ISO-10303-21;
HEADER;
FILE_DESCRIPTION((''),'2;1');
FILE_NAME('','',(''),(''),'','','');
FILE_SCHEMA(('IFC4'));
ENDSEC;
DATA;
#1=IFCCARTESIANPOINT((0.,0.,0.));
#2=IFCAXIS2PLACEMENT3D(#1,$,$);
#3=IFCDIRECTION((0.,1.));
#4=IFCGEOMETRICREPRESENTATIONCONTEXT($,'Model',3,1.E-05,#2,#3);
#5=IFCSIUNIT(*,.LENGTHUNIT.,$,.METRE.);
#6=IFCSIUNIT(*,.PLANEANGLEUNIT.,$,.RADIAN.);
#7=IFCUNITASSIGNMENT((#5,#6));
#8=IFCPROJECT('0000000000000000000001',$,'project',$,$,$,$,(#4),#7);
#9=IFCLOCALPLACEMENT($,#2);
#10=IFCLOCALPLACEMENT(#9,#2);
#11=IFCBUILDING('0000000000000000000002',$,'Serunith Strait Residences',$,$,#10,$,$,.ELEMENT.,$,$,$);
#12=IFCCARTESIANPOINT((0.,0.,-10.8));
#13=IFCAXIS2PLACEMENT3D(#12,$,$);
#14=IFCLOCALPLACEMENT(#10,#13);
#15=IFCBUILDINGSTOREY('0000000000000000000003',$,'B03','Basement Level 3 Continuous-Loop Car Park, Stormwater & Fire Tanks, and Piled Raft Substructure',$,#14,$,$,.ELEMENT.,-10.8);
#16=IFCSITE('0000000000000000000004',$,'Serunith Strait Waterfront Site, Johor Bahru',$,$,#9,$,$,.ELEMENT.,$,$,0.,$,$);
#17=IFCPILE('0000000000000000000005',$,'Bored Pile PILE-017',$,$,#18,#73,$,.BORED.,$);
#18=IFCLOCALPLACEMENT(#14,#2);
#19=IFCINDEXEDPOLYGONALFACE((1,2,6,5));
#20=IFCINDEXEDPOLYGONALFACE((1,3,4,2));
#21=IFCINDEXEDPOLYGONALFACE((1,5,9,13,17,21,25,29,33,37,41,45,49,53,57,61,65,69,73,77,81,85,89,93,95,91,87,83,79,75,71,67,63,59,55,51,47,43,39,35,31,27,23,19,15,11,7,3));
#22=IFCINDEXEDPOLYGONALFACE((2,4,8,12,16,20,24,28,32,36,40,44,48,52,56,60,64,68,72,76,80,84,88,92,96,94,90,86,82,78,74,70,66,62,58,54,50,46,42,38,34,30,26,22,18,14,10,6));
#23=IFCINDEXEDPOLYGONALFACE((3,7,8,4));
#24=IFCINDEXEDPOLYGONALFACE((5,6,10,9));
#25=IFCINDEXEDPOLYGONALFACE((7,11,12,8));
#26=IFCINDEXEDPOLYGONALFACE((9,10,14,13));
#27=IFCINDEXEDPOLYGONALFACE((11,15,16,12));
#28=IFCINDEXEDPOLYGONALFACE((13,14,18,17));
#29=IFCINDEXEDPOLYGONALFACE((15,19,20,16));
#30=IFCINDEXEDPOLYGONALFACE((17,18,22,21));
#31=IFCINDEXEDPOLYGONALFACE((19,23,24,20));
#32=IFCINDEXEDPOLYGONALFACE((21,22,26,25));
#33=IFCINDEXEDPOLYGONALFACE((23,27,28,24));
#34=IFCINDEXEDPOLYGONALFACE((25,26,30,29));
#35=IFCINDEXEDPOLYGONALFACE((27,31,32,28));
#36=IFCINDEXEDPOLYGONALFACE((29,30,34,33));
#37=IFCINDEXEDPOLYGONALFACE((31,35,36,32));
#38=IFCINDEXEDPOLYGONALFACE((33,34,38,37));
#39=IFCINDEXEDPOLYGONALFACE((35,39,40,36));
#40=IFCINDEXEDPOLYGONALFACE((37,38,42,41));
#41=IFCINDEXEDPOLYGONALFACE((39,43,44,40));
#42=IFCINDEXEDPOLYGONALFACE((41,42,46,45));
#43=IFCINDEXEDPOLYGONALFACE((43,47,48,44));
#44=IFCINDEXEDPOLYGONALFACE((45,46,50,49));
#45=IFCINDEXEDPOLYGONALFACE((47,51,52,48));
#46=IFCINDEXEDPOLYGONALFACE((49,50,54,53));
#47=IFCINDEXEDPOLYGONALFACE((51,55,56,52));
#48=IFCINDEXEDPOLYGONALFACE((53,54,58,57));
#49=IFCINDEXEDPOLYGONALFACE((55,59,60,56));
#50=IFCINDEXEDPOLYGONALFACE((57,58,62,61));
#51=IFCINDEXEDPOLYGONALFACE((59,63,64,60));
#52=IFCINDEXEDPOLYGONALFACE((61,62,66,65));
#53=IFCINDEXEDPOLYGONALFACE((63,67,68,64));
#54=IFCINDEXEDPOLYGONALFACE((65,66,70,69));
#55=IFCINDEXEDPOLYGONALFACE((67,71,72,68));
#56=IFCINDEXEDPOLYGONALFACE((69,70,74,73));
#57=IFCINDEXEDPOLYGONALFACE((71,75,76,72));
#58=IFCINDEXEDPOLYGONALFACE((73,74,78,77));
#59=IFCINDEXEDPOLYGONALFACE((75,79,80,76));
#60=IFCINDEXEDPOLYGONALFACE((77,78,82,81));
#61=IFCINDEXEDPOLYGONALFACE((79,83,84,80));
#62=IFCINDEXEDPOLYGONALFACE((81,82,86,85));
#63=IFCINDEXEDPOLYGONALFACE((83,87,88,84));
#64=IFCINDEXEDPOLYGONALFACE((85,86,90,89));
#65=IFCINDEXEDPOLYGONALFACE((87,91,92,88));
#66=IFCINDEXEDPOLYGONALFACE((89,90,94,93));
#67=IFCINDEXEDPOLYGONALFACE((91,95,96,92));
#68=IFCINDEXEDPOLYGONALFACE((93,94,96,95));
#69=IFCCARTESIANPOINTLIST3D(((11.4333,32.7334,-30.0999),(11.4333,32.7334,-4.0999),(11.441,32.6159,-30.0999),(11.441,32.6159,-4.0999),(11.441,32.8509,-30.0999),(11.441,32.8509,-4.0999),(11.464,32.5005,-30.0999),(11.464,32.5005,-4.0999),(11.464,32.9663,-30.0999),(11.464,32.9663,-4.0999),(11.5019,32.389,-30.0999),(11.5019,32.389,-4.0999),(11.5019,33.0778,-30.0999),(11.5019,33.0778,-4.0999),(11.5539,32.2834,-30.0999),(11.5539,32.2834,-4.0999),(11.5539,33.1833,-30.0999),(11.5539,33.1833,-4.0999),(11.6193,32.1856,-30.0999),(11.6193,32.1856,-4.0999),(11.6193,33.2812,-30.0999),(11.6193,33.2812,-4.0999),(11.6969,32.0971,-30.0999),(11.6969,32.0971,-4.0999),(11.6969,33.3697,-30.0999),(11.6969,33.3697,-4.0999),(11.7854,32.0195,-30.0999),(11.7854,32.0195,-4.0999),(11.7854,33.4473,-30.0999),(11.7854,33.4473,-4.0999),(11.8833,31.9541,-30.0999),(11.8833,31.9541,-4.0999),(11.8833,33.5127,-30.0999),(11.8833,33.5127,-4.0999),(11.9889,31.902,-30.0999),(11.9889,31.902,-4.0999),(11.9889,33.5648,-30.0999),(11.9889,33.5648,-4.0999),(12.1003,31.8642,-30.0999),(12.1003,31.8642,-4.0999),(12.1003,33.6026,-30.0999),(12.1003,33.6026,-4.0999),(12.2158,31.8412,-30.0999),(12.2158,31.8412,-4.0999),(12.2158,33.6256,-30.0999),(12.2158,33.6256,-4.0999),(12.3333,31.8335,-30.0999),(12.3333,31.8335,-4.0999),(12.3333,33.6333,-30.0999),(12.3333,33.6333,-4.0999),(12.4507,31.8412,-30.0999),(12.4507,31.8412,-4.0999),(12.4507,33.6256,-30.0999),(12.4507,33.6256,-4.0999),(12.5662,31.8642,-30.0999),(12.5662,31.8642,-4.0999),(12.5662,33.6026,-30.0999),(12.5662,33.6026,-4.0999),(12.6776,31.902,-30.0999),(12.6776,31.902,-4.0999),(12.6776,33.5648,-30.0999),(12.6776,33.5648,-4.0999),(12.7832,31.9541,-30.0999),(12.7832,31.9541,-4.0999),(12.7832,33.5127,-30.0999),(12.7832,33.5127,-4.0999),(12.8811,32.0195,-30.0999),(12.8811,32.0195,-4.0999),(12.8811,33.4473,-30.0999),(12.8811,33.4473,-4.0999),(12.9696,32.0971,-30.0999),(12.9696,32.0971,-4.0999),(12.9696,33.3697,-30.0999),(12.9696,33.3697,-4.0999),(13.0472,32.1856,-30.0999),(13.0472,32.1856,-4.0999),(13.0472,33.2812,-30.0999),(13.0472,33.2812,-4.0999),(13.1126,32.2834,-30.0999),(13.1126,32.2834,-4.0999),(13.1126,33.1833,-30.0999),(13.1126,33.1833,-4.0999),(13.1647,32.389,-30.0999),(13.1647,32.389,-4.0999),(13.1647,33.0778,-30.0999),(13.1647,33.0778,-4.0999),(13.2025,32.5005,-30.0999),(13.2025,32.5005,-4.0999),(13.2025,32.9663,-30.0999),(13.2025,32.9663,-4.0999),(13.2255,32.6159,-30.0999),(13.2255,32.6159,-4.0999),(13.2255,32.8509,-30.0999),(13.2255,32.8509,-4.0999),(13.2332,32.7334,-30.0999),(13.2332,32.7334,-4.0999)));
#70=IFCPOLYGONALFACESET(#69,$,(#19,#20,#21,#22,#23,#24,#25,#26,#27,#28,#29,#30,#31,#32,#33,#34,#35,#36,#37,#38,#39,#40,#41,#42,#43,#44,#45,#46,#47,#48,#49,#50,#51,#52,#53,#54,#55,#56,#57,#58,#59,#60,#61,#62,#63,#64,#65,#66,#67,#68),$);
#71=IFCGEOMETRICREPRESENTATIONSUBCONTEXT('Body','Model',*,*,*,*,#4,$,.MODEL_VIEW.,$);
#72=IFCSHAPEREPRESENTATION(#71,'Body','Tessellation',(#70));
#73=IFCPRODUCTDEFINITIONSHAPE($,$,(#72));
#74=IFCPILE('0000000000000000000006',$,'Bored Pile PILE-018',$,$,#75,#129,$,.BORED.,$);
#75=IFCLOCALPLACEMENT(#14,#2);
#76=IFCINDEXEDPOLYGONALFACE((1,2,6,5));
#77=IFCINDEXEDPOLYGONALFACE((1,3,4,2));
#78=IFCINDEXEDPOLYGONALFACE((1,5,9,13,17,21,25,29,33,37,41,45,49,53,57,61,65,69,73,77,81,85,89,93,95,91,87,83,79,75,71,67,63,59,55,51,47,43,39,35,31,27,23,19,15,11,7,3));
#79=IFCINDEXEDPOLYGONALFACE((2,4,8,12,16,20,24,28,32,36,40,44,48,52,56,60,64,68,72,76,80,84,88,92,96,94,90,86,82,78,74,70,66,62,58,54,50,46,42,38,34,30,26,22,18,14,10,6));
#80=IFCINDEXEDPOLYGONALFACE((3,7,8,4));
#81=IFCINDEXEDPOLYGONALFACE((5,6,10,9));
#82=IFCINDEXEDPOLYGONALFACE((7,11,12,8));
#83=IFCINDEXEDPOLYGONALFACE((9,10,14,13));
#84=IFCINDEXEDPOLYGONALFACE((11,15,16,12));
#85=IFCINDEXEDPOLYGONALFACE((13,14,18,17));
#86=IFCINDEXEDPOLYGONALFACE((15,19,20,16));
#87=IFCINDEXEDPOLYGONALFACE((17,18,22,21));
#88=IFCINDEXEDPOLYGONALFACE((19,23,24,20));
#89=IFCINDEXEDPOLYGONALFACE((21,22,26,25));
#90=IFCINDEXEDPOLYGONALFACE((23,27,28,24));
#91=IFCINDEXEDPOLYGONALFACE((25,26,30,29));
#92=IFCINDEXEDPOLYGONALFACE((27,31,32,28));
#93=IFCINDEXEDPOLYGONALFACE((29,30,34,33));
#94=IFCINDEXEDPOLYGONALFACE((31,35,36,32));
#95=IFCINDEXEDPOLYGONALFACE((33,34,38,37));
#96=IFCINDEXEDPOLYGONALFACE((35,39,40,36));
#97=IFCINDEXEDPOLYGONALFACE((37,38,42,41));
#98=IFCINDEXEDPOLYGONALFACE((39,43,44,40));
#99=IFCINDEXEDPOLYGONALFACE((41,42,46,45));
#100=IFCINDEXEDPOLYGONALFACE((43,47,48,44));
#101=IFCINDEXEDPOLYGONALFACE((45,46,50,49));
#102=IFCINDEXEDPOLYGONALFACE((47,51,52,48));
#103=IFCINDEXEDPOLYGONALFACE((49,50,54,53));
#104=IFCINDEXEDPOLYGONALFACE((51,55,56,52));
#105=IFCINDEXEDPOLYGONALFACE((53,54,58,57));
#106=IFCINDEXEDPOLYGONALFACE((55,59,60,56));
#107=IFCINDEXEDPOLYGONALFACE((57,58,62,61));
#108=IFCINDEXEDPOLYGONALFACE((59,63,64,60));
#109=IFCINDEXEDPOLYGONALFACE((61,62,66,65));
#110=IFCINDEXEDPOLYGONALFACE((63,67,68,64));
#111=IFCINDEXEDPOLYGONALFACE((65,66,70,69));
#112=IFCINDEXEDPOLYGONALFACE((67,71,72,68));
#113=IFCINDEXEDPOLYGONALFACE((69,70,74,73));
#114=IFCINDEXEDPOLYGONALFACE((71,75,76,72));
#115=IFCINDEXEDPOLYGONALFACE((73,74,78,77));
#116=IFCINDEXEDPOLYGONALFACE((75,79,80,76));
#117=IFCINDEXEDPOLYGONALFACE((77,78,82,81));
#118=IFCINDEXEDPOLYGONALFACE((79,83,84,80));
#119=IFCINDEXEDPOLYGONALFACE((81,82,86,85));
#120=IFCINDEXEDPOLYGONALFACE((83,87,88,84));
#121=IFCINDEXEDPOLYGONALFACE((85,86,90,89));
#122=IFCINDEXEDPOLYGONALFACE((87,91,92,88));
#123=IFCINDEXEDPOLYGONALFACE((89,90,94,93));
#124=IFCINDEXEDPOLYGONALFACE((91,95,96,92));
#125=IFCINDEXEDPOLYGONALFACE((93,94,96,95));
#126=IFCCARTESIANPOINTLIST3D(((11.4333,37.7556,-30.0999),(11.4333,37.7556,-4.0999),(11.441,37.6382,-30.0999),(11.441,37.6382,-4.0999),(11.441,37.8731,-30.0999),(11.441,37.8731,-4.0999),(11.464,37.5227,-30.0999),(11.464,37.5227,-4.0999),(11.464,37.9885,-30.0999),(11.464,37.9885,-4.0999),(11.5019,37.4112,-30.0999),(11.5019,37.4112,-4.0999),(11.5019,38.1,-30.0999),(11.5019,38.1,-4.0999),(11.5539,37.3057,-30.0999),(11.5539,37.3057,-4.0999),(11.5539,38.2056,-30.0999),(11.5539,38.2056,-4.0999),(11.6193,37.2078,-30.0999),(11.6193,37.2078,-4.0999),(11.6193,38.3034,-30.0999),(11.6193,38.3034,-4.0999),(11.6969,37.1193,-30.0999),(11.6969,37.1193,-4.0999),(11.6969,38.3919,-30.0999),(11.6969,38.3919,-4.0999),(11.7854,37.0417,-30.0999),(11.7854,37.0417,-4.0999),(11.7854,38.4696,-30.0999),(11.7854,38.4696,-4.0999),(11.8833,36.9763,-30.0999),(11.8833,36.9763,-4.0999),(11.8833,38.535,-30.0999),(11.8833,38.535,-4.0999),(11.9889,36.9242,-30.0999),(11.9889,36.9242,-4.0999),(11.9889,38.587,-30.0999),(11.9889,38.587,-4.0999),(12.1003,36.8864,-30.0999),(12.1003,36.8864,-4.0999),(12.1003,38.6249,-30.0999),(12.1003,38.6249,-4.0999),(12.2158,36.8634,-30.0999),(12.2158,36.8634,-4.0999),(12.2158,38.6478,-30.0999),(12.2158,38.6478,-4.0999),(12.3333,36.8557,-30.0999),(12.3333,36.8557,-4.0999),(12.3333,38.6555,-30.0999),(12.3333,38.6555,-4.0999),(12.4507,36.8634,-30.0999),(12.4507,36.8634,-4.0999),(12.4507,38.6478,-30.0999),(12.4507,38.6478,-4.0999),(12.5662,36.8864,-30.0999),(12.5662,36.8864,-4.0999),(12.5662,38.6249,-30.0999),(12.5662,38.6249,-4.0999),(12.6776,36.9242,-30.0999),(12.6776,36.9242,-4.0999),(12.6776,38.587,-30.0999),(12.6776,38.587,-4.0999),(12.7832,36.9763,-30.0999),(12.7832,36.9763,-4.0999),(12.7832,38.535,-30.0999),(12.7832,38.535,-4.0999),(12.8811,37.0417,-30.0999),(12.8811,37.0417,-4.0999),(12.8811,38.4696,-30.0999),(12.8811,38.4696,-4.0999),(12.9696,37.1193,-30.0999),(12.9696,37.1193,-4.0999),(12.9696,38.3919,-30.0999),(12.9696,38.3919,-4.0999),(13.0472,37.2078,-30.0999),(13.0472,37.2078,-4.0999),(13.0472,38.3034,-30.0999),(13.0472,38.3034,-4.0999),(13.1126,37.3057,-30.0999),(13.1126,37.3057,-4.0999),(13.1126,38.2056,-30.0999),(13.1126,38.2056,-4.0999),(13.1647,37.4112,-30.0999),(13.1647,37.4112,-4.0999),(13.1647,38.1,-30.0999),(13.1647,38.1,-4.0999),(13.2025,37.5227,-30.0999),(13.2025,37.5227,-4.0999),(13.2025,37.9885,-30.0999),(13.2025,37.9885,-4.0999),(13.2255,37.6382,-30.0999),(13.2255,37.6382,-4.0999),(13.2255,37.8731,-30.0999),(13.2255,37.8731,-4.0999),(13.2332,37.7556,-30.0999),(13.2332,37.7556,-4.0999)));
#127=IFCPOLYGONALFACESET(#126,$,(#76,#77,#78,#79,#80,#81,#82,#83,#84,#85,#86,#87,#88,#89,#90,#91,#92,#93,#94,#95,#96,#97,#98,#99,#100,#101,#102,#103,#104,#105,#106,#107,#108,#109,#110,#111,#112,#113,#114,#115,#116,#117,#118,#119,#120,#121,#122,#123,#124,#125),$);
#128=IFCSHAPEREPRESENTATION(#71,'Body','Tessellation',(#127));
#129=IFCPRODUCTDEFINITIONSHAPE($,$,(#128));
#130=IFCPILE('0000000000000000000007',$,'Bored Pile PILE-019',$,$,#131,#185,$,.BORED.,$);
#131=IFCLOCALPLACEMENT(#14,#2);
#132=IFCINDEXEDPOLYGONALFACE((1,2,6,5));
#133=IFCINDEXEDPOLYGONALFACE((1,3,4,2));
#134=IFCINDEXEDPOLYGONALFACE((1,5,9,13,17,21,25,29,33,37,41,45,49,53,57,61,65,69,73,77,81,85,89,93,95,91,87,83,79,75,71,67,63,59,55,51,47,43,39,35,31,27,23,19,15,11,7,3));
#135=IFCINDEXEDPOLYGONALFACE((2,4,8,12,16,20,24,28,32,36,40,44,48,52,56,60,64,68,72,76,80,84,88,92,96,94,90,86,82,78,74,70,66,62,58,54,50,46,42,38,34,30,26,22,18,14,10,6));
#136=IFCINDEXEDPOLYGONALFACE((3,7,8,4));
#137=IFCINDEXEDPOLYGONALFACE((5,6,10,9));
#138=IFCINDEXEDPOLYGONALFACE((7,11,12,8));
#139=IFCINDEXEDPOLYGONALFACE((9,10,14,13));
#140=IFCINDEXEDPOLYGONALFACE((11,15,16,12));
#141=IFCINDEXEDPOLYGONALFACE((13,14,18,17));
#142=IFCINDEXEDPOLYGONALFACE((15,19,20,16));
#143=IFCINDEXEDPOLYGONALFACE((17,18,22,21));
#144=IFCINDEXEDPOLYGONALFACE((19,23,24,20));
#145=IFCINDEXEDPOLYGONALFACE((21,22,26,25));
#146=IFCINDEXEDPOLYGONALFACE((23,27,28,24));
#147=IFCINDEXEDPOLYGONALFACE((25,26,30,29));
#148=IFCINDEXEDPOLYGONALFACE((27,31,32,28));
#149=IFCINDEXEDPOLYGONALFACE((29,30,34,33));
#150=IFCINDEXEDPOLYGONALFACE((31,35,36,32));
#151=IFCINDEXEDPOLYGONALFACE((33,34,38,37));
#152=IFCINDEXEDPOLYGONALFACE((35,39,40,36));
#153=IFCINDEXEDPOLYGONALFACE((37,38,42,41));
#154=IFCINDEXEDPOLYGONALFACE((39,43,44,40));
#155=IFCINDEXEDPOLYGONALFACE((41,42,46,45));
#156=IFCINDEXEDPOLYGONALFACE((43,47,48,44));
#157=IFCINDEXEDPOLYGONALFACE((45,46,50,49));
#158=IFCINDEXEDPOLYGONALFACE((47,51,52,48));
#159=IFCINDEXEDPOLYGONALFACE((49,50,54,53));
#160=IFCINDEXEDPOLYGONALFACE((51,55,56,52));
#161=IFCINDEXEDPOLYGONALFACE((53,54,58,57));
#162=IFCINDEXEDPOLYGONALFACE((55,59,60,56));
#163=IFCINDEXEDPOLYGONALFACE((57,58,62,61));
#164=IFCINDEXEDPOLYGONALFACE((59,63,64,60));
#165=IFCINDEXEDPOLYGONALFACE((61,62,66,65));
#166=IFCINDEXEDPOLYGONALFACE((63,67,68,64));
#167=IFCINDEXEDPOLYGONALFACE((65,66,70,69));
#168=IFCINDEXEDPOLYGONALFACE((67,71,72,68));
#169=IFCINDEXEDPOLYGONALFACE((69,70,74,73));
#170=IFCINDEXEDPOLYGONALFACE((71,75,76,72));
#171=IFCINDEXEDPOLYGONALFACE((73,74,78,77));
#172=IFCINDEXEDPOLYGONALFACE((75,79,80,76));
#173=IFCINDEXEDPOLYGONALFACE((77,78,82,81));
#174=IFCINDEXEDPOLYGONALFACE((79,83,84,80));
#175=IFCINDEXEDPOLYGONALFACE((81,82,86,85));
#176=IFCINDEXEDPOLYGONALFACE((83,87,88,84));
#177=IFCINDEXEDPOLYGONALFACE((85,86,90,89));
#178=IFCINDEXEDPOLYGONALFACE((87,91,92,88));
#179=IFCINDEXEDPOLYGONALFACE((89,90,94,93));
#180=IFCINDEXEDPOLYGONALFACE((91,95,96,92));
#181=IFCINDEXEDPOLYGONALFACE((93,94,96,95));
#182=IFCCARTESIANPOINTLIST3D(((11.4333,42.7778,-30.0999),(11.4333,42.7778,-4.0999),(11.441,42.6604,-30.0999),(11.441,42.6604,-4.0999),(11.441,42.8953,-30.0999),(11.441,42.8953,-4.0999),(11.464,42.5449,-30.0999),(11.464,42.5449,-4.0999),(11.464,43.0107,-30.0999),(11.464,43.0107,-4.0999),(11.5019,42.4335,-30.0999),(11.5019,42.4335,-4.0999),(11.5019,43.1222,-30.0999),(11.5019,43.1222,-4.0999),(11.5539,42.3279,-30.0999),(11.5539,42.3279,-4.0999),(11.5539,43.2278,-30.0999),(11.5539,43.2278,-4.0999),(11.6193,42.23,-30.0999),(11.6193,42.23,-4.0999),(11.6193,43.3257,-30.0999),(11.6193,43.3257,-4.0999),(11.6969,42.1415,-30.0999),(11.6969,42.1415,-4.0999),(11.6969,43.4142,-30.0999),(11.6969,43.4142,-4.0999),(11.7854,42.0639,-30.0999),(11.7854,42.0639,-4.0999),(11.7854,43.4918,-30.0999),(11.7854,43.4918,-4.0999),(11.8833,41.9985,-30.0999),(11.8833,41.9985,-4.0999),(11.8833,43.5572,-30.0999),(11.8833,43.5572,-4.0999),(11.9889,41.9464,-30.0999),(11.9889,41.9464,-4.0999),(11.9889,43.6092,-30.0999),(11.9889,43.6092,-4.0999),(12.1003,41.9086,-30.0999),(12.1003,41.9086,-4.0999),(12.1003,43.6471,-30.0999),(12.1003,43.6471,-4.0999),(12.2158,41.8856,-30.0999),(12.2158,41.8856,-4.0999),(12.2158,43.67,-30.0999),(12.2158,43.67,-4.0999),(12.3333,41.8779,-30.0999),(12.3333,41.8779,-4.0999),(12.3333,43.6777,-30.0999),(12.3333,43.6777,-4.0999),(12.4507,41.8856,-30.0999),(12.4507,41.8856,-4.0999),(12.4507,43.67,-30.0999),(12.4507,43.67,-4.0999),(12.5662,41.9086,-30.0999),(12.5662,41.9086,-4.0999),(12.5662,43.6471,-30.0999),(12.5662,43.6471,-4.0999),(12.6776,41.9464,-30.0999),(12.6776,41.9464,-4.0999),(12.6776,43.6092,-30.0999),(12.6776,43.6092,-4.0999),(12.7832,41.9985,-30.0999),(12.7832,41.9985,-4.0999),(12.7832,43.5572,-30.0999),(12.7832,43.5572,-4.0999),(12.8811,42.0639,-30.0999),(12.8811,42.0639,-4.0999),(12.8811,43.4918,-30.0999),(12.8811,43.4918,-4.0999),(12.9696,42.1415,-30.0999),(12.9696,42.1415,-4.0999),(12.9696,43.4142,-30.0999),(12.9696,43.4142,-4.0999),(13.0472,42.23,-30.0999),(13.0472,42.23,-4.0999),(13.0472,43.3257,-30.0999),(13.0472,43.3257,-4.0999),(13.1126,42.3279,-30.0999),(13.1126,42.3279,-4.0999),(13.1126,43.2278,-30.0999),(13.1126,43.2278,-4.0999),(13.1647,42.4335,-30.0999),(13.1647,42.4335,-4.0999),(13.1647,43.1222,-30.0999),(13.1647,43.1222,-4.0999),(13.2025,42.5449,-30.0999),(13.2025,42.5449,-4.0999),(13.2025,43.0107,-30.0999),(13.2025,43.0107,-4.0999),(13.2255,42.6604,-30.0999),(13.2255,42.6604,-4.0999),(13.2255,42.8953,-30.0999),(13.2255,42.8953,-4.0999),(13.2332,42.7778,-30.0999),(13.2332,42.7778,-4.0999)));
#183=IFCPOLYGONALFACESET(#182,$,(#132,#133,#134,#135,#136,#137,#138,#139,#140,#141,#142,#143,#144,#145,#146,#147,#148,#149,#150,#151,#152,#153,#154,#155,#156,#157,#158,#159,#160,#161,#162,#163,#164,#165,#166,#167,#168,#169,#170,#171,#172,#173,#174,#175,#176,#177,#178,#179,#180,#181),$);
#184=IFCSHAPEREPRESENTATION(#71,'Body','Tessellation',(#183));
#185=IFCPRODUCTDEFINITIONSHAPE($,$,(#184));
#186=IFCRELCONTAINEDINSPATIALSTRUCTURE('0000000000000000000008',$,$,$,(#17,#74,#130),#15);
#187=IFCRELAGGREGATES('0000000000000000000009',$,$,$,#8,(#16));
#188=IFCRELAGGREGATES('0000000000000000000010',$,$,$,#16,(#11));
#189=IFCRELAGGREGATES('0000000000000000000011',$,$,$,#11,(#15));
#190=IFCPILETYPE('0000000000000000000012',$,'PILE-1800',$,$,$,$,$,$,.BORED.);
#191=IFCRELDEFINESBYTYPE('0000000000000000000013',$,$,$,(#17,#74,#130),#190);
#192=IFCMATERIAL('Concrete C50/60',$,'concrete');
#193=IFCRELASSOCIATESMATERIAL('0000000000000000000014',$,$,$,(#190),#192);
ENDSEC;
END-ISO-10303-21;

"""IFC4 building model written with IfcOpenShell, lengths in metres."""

from ifc_helpers import new_model, si_unit, direction, frame, origin, origin_2d, place, context, subcontext, project, spatial, circle, extrude, source, transform, mapped, material, material_profile, profile_set, type_object, element, save


model = new_model("IFC4")

# Units and contexts
model_context = context("Model", 3, precision=1e-05, world=origin(), true_north=direction((0.0, 1.0)))
body_context = subcontext(model_context, "Body", "Model", "MODEL_VIEW")
ifc_project = project(units=[si_unit("LENGTHUNIT", "METRE"), si_unit("PLANEANGLEUNIT", "RADIAN")], contexts=[model_context])

# Site, building, storey
site_placement = place(None, origin())
site = spatial("IfcSite", under=ifc_project, at=site_placement, Name="Serunith Strait Waterfront Site, Johor Bahru", CompositionType="ELEMENT", RefElevation=0.0)
building_placement = place(site_placement, origin())
building = spatial("IfcBuilding", under=site, at=building_placement, Name="Serunith Strait Residences", CompositionType="ELEMENT")
storey_placement = place(building_placement, frame((0.0, 0.0, -10.8)))
storey = spatial("IfcBuildingStorey", under=building, at=storey_placement, Name="B03", Description="Basement Level 3 Continuous-Loop Car Park, Stormwater & Fire Tanks, and Piled Raft Substructure", CompositionType="ELEMENT", Elevation=-10.8)

# Shared definitions
ifc_material_1 = material(Name="Concrete C50/60", Category="concrete")

# Piles
ifc_material_profile_1 = material_profile(ifc_material_1, circle(Radius=0.8999, at=origin_2d()), Name="PILE D1800")
ifc_profile_set_1 = profile_set([ifc_material_profile_1], Name="Concrete C50/60")
pile_type_1 = type_object("IfcPileType", Name="PILE-1800", PredefinedType="BORED", material=ifc_profile_set_1)
shared_shape_1 = source(origin(), body_context, "Body", "SweptSolid", [
    extrude(circle(Radius=0.8999, at=origin_2d()), origin(), (0.0, 0.0, 1.0), 26.0),
])
for number, where, z_axis, x_axis, name in (
    (1, (12.3333, 32.7334, -4.0999), (0.0, 0.0, -1.0), (1.0, 0.0, 0.0), "Bored Pile PILE-017"),
    (2, (12.3333, 37.7556, -4.0999), (0.0, 0.0, -1.0), (1.0, 0.0, 0.0), "Bored Pile PILE-018"),
    (3, (12.3333, 42.7778, -4.0999), (0.0, 0.0, -1.0), (1.0, 0.0, 0.0), "Bored Pile PILE-019"),
):
    element("IfcPile", number, at=place(storey_placement, frame(where, z_axis=z_axis, x_axis=x_axis)), inside=storey, type_object=pile_type_1, Name=name, PredefinedType="BORED", context=body_context, shape_type="MappedRepresentation", body=[
        mapped(shared_shape_1, transform((0.0, 0.0, 0.0), scale=1.0)),
    ])

save(model, "model.ifc")
